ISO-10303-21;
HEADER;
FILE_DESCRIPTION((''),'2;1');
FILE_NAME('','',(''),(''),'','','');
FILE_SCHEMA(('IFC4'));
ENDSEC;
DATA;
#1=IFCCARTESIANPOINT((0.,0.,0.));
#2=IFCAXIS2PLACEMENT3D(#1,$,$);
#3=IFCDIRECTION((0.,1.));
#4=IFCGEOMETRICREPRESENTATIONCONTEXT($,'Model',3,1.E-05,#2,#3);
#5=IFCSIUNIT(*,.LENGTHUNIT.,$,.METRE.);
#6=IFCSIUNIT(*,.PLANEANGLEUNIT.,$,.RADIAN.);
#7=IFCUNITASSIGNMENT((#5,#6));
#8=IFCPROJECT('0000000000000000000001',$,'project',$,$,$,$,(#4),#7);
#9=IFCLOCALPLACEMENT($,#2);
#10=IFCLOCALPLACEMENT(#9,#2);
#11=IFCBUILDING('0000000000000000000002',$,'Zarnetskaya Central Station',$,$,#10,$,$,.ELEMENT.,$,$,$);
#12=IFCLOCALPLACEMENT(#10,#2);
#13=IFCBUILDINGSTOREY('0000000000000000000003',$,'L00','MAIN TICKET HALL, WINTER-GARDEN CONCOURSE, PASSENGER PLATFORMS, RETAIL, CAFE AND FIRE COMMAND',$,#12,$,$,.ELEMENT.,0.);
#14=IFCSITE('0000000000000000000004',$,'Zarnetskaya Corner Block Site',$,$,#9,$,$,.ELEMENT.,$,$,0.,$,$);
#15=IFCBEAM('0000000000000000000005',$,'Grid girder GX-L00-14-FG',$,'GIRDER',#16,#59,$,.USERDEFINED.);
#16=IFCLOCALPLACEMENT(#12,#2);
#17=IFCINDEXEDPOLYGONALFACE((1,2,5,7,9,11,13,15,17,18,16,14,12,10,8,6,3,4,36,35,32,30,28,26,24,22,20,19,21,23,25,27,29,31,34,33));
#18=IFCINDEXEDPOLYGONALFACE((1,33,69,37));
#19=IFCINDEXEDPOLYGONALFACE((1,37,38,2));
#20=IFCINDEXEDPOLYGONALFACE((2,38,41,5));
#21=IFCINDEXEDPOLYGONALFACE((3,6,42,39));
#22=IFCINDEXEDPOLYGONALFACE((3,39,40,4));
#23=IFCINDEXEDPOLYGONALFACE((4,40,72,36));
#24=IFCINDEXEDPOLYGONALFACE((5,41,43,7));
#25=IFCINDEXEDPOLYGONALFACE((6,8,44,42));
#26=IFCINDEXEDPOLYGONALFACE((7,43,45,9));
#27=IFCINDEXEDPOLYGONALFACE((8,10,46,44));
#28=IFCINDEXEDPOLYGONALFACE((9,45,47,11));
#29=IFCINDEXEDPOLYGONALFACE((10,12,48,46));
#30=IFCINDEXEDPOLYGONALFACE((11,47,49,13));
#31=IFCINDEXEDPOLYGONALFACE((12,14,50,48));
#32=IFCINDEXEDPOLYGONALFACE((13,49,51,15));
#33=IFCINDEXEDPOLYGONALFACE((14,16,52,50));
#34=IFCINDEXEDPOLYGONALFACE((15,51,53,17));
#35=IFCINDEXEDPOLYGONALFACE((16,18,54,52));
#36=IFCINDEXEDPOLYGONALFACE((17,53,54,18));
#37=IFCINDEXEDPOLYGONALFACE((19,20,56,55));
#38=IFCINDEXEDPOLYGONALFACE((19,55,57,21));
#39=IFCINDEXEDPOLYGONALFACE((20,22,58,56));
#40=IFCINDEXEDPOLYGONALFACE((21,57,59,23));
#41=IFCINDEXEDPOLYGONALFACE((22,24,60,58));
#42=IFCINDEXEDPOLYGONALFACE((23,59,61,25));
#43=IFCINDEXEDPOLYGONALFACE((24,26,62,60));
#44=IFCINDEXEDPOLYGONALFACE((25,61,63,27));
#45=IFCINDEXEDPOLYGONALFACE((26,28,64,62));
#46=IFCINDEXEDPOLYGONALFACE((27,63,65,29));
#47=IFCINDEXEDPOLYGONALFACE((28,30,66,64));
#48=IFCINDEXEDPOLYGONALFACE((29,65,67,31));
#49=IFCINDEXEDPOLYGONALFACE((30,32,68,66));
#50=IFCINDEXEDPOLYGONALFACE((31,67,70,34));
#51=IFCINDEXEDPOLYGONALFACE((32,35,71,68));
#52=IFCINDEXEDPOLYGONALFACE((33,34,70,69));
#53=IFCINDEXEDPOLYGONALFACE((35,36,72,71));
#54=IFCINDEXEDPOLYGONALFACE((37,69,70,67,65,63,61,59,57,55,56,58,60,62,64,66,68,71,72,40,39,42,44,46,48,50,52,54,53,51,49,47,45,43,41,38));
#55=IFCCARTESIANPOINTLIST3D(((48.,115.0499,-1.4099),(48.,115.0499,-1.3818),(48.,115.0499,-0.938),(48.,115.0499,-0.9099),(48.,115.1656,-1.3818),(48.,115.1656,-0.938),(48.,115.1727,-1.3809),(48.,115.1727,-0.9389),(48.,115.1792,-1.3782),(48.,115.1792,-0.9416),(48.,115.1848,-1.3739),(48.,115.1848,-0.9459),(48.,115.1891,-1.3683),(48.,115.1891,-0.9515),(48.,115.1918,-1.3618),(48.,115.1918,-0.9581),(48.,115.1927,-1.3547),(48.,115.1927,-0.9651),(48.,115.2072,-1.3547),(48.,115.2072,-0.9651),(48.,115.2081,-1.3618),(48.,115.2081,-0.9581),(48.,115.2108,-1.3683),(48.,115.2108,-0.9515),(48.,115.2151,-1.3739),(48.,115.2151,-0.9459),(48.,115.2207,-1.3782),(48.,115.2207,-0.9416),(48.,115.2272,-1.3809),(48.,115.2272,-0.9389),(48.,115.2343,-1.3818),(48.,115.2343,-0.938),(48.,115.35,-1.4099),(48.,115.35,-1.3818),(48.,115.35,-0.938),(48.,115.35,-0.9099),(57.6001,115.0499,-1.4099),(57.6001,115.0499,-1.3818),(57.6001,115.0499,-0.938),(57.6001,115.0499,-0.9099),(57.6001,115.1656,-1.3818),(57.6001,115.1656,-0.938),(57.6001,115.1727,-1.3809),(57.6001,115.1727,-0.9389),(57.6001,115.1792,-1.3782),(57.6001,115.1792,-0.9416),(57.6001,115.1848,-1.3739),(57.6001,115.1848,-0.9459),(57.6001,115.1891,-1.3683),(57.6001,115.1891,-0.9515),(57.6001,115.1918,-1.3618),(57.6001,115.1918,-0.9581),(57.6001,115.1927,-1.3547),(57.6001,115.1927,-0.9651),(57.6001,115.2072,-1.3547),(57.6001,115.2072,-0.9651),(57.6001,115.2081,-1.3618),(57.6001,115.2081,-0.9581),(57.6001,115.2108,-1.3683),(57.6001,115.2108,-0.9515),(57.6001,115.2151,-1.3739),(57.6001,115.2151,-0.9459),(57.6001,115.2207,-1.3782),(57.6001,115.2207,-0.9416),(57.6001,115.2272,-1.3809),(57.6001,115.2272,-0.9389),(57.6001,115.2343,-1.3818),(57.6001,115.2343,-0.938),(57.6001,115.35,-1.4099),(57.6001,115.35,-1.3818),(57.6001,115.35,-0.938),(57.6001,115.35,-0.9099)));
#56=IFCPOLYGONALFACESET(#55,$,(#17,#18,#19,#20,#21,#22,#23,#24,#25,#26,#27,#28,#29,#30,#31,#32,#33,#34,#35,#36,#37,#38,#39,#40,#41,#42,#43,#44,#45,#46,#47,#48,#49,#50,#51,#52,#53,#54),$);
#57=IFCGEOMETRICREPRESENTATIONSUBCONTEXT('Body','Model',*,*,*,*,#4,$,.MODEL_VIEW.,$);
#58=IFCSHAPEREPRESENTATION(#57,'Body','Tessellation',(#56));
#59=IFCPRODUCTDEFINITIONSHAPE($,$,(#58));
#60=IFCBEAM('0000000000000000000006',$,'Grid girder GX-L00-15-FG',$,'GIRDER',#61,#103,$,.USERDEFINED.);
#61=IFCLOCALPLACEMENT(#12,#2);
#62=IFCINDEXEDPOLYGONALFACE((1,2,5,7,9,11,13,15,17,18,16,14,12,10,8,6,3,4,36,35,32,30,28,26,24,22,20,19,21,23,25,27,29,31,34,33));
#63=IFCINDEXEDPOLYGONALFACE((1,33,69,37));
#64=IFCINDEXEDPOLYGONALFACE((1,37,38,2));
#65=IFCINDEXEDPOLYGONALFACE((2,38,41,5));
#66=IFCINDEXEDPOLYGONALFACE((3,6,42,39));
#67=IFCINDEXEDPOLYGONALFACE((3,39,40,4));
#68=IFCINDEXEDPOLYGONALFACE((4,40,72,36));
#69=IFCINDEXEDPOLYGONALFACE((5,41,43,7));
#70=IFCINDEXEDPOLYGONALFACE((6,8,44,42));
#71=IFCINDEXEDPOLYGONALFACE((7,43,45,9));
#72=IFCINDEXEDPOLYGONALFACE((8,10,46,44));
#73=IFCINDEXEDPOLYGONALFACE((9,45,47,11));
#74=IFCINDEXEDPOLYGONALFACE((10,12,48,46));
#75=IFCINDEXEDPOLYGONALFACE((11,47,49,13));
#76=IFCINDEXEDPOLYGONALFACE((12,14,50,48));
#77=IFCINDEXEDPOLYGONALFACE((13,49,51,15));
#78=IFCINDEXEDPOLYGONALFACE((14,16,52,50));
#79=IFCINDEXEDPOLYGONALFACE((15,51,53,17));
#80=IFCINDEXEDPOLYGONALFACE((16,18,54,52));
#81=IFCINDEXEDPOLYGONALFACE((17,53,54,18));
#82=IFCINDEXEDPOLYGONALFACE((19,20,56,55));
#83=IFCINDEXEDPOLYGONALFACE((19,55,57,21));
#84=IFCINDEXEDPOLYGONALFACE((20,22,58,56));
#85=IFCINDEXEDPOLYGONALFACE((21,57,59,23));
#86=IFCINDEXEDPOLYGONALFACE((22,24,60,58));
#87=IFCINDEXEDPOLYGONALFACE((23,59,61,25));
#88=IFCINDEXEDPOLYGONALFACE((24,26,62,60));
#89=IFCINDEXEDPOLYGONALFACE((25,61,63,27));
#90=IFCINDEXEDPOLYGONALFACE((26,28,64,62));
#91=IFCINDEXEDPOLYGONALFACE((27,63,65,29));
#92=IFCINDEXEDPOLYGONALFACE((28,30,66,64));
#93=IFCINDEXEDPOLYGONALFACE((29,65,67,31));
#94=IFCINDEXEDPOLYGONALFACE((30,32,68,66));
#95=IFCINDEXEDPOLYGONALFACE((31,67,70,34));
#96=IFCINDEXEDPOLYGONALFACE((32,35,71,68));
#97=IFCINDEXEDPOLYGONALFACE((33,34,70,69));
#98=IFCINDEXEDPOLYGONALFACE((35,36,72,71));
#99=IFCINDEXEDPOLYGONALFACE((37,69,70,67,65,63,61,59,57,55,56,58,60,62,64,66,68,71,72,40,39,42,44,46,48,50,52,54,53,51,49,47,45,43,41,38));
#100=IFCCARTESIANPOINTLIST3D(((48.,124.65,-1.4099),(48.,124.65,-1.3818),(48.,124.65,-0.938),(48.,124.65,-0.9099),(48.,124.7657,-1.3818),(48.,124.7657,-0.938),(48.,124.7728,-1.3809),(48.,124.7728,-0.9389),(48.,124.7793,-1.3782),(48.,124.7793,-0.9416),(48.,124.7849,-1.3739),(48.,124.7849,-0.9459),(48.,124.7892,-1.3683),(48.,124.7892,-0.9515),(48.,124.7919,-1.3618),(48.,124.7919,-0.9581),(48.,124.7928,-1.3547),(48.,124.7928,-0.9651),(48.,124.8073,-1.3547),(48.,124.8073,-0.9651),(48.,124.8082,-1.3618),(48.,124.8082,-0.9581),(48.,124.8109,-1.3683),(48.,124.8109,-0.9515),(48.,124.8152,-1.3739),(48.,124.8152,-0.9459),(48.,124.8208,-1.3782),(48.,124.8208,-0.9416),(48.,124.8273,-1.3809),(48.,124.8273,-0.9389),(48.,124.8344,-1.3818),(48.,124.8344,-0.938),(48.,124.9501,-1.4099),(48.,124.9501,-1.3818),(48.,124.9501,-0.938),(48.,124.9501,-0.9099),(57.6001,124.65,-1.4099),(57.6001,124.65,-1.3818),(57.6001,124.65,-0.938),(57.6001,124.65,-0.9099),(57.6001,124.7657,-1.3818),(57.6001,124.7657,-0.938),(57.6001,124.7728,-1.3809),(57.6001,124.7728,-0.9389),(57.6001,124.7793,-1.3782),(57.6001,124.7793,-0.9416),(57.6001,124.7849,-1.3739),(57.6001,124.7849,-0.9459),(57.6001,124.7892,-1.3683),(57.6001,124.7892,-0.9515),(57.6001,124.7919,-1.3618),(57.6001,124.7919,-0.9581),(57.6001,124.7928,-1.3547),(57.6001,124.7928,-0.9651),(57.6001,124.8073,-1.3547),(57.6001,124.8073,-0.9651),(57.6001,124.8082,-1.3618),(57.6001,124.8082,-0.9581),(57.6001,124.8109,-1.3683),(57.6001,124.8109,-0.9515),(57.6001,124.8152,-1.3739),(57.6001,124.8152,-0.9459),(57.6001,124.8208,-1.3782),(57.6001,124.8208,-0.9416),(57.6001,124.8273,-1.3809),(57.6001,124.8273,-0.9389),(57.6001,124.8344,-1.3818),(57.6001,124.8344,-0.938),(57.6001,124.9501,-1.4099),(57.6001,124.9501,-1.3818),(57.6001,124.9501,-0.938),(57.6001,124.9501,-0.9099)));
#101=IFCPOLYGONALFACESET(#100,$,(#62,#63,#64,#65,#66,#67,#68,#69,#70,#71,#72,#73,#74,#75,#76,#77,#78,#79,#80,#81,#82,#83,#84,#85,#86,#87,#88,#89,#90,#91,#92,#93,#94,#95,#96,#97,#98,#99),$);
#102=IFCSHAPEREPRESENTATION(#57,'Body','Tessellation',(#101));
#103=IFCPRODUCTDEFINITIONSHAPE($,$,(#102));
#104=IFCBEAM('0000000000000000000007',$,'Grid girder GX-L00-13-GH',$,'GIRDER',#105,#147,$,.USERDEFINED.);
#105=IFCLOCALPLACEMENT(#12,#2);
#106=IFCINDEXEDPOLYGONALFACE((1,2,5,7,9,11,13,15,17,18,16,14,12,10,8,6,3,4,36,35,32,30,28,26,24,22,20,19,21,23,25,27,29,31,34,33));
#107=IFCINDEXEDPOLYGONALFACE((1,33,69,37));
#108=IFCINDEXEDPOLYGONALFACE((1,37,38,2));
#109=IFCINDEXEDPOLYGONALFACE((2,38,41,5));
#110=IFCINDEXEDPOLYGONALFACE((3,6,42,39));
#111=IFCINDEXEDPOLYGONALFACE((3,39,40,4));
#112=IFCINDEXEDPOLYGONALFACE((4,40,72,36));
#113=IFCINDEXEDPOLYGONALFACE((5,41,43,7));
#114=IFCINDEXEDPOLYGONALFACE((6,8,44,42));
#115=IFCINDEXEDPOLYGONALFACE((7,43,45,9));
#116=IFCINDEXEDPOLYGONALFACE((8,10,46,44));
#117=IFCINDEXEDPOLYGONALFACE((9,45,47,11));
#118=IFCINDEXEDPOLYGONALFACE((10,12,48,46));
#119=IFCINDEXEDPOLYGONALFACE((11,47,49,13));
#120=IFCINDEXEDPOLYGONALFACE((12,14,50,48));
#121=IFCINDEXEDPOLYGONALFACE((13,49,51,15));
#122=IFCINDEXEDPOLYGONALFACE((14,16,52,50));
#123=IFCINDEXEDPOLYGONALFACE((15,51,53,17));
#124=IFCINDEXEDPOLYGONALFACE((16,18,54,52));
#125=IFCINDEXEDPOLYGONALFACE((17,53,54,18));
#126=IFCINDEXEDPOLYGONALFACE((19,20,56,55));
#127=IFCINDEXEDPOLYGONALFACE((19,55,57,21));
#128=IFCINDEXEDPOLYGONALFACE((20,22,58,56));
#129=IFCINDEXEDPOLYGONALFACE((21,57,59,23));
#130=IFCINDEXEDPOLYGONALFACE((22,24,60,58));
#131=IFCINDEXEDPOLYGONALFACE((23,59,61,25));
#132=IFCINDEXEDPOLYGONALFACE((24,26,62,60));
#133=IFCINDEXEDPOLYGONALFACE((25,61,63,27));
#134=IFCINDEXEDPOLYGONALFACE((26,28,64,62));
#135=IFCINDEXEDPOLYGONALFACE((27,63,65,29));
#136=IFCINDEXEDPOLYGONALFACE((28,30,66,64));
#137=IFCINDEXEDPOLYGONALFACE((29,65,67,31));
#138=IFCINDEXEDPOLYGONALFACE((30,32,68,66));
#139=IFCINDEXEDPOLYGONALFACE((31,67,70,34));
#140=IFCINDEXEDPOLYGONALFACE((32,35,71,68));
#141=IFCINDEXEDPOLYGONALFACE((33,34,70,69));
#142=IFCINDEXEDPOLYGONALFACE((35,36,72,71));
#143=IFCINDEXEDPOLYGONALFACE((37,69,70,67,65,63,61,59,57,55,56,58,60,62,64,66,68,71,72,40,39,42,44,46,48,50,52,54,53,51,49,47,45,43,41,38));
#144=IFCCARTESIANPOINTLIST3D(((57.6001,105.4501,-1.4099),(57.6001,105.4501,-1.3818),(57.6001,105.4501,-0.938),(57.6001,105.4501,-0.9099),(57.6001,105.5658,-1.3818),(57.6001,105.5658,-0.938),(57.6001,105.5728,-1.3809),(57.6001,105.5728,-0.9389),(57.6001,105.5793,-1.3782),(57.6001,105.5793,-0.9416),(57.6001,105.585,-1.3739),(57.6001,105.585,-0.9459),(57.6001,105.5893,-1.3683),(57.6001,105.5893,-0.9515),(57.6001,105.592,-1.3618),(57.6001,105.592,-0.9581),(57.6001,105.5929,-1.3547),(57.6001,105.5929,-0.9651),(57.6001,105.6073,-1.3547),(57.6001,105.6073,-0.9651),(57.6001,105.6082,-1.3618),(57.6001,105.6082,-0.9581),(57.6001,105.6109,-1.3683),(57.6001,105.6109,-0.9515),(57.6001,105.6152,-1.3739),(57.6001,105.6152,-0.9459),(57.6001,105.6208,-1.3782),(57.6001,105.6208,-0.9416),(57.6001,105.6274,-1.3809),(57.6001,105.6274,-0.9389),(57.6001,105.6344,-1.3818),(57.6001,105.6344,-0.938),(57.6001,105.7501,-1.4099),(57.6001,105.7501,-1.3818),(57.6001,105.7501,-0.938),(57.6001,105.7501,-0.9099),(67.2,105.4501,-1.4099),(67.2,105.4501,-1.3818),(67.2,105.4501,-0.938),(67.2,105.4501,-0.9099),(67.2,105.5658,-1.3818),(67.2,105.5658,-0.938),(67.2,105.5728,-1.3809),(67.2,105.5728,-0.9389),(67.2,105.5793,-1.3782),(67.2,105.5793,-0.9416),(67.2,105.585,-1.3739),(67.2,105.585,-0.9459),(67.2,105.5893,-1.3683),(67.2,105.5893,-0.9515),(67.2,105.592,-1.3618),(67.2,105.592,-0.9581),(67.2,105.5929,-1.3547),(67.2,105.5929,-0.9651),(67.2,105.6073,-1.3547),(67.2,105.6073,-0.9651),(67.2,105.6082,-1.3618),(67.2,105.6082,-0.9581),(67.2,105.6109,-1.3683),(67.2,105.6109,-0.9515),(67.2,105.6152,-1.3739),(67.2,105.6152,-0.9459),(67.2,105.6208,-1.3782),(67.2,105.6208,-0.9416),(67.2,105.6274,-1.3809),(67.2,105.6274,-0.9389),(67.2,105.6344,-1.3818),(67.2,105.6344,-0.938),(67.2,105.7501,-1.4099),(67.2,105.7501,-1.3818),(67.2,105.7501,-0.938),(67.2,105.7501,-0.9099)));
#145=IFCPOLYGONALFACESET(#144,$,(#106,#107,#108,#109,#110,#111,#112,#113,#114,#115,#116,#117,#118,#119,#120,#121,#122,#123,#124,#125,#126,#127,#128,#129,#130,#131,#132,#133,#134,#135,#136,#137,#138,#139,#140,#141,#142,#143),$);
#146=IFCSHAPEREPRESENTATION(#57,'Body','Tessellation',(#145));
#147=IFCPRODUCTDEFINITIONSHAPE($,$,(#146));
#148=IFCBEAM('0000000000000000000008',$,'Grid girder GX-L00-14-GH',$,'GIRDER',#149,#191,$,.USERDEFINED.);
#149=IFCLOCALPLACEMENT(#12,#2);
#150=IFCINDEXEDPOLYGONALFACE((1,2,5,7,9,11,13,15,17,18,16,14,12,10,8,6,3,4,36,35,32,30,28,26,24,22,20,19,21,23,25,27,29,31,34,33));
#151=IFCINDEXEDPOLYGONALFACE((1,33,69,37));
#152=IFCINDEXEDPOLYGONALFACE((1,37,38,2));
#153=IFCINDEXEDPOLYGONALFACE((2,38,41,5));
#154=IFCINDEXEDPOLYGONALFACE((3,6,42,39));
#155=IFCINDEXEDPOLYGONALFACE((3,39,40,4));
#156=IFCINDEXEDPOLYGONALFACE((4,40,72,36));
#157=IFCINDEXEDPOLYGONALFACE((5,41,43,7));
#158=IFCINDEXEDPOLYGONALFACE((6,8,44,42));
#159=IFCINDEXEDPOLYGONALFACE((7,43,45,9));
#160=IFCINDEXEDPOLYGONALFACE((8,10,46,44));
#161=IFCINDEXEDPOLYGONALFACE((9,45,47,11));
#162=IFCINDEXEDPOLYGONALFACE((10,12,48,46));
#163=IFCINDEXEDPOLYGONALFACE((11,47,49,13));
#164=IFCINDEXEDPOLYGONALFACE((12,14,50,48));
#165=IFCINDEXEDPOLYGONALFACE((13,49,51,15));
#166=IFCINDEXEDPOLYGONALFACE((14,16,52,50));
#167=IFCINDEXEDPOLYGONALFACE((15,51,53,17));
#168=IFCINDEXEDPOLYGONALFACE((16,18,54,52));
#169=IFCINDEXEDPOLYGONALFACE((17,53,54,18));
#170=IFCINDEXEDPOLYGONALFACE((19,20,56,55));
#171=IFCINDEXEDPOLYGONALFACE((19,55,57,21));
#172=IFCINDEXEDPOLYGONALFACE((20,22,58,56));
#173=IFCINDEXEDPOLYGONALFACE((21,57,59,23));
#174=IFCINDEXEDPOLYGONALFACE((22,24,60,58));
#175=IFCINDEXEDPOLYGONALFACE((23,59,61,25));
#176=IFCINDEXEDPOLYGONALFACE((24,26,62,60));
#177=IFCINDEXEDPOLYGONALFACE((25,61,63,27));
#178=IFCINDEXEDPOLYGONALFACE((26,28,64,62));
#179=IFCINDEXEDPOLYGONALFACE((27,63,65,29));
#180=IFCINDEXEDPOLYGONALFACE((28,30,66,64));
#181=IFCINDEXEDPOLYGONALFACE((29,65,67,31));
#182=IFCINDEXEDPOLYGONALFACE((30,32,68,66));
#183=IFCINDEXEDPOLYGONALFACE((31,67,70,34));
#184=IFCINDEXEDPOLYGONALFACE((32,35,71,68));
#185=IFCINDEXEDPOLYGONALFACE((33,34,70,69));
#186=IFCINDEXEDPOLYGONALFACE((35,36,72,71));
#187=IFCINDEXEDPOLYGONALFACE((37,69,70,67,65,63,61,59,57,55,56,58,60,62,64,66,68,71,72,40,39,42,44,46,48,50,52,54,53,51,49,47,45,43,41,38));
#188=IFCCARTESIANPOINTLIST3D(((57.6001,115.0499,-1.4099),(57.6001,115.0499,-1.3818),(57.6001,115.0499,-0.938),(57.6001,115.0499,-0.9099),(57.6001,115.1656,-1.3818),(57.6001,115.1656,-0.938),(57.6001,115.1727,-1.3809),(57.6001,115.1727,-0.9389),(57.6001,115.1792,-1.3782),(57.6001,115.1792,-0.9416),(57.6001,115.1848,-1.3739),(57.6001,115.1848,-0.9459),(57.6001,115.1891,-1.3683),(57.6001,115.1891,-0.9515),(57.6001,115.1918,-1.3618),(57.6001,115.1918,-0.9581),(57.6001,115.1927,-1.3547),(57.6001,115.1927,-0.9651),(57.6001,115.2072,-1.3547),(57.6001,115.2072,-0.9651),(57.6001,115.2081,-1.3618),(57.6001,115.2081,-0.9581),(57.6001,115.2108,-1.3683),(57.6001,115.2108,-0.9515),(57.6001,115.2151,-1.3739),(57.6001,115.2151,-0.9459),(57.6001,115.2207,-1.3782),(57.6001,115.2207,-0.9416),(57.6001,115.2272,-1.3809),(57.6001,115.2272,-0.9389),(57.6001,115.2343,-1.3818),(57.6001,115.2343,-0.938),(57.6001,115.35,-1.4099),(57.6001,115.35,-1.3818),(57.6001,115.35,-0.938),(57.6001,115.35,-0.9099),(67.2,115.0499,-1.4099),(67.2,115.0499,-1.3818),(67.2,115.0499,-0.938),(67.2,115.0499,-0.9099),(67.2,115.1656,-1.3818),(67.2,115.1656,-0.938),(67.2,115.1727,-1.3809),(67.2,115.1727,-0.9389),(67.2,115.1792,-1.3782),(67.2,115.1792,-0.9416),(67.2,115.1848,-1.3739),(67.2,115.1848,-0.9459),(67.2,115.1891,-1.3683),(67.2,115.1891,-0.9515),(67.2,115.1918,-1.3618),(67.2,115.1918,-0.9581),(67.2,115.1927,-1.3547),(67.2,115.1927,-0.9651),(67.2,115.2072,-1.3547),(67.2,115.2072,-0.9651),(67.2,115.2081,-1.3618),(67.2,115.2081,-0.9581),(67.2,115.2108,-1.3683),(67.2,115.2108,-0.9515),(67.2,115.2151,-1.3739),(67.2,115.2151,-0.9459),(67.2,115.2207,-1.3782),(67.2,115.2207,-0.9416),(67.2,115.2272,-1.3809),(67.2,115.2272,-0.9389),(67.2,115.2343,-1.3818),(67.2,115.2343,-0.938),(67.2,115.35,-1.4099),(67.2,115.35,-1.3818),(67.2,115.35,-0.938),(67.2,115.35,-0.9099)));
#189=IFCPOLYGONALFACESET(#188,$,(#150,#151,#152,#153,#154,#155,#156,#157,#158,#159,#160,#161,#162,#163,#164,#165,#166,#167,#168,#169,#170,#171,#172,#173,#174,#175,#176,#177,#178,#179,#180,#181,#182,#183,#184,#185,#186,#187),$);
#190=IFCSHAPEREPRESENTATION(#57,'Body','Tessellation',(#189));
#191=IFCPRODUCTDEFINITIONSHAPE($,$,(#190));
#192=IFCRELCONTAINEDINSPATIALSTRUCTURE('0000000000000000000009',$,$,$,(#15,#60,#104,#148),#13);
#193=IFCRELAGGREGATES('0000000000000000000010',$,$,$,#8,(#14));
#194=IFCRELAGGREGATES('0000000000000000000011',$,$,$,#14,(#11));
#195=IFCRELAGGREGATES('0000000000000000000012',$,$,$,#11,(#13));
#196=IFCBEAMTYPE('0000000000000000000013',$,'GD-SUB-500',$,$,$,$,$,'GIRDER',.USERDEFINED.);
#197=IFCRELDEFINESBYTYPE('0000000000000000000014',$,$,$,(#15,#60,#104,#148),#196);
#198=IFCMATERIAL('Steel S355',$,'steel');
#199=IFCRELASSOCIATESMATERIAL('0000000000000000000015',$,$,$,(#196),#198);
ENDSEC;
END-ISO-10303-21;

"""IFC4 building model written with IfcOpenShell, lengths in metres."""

from ifc_helpers import new_model, si_unit, direction, frame, origin, origin_2d, place, context, subcontext, project, spatial, i_section, extrude, material, material_profile, profile_set, type_object, element, save


model = new_model("IFC4")

# Units and contexts
model_context = context("Model", 3, precision=1e-05, world=origin(), true_north=direction((0.0, 1.0)))
body_context = subcontext(model_context, "Body", "Model", "MODEL_VIEW")
ifc_project = project(units=[si_unit("LENGTHUNIT", "METRE"), si_unit("PLANEANGLEUNIT", "RADIAN")], contexts=[model_context])

# Site, building, storey
site_placement = place(None, origin())
site = spatial("IfcSite", under=ifc_project, at=site_placement, Name="Zarnetskaya Corner Block Site", CompositionType="ELEMENT", RefElevation=0.0)
building_placement = place(site_placement, origin())
building = spatial("IfcBuilding", under=site, at=building_placement, Name="Zarnetskaya Central Station", CompositionType="ELEMENT")
storey_placement = place(building_placement, origin())
storey = spatial("IfcBuildingStorey", under=building, at=storey_placement, Name="L00", Description="MAIN TICKET HALL, WINTER-GARDEN CONCOURSE, PASSENGER PLATFORMS, RETAIL, CAFE AND FIRE COMMAND", CompositionType="ELEMENT", Elevation=0.0)

# Shared definitions
ifc_material_1 = material(Name="Steel S355", Category="steel")

# Beams
ifc_material_profile_1 = material_profile(ifc_material_1, i_section(OverallWidth=0.3, OverallDepth=0.5, WebThickness=0.0144, FlangeThickness=0.0281, FilletRadius=0.0271, at=origin_2d()), Name="HEB 500")
ifc_profile_set_1 = profile_set([ifc_material_profile_1], Name="Steel S355")
beam_type_1 = type_object("IfcBeamType", Name="GD-SUB-500", ElementType="GIRDER", PredefinedType="USERDEFINED", material=ifc_profile_set_1)
for number, where, z_axis, x_axis, name in (
    (1, (48.0, 115.2, -1.1599), (1.0, 0.0, 0.0), (0.0, 1.0, 0.0), "Grid girder GX-L00-14-FG"),
    (2, (48.0, 124.8, -1.1599), (1.0, 0.0, 0.0), (0.0, 1.0, 0.0), "Grid girder GX-L00-15-FG"),
):
    element("IfcBeam", number, at=place(storey_placement, frame(where, z_axis=z_axis, x_axis=x_axis)), inside=storey, type_object=beam_type_1, Name=name, ObjectType="GIRDER", PredefinedType="USERDEFINED", context=body_context, shape_type="SweptSolid", body=[
        extrude(i_section(OverallWidth=0.3, OverallDepth=0.5, WebThickness=0.0144, FlangeThickness=0.0281, FilletRadius=0.0271, at=origin_2d()), origin(), (0.0, 0.0, 1.0), 9.6001),
    ])
for number, where, z_axis, x_axis, name in (
    (3, (57.6001, 105.6001, -1.1599), (1.0, 0.0, 0.0), (0.0, 1.0, 0.0), "Grid girder GX-L00-13-GH"),
    (4, (57.6001, 115.2, -1.1599), (1.0, 0.0, 0.0), (0.0, 1.0, 0.0), "Grid girder GX-L00-14-GH"),
):
    element("IfcBeam", number, at=place(storey_placement, frame(where, z_axis=z_axis, x_axis=x_axis)), inside=storey, type_object=beam_type_1, Name=name, ObjectType="GIRDER", PredefinedType="USERDEFINED", context=body_context, shape_type="SweptSolid", body=[
        extrude(i_section(OverallWidth=0.3, OverallDepth=0.5, WebThickness=0.0144, FlangeThickness=0.0281, FilletRadius=0.0271, at=origin_2d()), origin(), (0.0, 0.0, 1.0), 9.5999),
    ])

save(model, "model.ifc")
